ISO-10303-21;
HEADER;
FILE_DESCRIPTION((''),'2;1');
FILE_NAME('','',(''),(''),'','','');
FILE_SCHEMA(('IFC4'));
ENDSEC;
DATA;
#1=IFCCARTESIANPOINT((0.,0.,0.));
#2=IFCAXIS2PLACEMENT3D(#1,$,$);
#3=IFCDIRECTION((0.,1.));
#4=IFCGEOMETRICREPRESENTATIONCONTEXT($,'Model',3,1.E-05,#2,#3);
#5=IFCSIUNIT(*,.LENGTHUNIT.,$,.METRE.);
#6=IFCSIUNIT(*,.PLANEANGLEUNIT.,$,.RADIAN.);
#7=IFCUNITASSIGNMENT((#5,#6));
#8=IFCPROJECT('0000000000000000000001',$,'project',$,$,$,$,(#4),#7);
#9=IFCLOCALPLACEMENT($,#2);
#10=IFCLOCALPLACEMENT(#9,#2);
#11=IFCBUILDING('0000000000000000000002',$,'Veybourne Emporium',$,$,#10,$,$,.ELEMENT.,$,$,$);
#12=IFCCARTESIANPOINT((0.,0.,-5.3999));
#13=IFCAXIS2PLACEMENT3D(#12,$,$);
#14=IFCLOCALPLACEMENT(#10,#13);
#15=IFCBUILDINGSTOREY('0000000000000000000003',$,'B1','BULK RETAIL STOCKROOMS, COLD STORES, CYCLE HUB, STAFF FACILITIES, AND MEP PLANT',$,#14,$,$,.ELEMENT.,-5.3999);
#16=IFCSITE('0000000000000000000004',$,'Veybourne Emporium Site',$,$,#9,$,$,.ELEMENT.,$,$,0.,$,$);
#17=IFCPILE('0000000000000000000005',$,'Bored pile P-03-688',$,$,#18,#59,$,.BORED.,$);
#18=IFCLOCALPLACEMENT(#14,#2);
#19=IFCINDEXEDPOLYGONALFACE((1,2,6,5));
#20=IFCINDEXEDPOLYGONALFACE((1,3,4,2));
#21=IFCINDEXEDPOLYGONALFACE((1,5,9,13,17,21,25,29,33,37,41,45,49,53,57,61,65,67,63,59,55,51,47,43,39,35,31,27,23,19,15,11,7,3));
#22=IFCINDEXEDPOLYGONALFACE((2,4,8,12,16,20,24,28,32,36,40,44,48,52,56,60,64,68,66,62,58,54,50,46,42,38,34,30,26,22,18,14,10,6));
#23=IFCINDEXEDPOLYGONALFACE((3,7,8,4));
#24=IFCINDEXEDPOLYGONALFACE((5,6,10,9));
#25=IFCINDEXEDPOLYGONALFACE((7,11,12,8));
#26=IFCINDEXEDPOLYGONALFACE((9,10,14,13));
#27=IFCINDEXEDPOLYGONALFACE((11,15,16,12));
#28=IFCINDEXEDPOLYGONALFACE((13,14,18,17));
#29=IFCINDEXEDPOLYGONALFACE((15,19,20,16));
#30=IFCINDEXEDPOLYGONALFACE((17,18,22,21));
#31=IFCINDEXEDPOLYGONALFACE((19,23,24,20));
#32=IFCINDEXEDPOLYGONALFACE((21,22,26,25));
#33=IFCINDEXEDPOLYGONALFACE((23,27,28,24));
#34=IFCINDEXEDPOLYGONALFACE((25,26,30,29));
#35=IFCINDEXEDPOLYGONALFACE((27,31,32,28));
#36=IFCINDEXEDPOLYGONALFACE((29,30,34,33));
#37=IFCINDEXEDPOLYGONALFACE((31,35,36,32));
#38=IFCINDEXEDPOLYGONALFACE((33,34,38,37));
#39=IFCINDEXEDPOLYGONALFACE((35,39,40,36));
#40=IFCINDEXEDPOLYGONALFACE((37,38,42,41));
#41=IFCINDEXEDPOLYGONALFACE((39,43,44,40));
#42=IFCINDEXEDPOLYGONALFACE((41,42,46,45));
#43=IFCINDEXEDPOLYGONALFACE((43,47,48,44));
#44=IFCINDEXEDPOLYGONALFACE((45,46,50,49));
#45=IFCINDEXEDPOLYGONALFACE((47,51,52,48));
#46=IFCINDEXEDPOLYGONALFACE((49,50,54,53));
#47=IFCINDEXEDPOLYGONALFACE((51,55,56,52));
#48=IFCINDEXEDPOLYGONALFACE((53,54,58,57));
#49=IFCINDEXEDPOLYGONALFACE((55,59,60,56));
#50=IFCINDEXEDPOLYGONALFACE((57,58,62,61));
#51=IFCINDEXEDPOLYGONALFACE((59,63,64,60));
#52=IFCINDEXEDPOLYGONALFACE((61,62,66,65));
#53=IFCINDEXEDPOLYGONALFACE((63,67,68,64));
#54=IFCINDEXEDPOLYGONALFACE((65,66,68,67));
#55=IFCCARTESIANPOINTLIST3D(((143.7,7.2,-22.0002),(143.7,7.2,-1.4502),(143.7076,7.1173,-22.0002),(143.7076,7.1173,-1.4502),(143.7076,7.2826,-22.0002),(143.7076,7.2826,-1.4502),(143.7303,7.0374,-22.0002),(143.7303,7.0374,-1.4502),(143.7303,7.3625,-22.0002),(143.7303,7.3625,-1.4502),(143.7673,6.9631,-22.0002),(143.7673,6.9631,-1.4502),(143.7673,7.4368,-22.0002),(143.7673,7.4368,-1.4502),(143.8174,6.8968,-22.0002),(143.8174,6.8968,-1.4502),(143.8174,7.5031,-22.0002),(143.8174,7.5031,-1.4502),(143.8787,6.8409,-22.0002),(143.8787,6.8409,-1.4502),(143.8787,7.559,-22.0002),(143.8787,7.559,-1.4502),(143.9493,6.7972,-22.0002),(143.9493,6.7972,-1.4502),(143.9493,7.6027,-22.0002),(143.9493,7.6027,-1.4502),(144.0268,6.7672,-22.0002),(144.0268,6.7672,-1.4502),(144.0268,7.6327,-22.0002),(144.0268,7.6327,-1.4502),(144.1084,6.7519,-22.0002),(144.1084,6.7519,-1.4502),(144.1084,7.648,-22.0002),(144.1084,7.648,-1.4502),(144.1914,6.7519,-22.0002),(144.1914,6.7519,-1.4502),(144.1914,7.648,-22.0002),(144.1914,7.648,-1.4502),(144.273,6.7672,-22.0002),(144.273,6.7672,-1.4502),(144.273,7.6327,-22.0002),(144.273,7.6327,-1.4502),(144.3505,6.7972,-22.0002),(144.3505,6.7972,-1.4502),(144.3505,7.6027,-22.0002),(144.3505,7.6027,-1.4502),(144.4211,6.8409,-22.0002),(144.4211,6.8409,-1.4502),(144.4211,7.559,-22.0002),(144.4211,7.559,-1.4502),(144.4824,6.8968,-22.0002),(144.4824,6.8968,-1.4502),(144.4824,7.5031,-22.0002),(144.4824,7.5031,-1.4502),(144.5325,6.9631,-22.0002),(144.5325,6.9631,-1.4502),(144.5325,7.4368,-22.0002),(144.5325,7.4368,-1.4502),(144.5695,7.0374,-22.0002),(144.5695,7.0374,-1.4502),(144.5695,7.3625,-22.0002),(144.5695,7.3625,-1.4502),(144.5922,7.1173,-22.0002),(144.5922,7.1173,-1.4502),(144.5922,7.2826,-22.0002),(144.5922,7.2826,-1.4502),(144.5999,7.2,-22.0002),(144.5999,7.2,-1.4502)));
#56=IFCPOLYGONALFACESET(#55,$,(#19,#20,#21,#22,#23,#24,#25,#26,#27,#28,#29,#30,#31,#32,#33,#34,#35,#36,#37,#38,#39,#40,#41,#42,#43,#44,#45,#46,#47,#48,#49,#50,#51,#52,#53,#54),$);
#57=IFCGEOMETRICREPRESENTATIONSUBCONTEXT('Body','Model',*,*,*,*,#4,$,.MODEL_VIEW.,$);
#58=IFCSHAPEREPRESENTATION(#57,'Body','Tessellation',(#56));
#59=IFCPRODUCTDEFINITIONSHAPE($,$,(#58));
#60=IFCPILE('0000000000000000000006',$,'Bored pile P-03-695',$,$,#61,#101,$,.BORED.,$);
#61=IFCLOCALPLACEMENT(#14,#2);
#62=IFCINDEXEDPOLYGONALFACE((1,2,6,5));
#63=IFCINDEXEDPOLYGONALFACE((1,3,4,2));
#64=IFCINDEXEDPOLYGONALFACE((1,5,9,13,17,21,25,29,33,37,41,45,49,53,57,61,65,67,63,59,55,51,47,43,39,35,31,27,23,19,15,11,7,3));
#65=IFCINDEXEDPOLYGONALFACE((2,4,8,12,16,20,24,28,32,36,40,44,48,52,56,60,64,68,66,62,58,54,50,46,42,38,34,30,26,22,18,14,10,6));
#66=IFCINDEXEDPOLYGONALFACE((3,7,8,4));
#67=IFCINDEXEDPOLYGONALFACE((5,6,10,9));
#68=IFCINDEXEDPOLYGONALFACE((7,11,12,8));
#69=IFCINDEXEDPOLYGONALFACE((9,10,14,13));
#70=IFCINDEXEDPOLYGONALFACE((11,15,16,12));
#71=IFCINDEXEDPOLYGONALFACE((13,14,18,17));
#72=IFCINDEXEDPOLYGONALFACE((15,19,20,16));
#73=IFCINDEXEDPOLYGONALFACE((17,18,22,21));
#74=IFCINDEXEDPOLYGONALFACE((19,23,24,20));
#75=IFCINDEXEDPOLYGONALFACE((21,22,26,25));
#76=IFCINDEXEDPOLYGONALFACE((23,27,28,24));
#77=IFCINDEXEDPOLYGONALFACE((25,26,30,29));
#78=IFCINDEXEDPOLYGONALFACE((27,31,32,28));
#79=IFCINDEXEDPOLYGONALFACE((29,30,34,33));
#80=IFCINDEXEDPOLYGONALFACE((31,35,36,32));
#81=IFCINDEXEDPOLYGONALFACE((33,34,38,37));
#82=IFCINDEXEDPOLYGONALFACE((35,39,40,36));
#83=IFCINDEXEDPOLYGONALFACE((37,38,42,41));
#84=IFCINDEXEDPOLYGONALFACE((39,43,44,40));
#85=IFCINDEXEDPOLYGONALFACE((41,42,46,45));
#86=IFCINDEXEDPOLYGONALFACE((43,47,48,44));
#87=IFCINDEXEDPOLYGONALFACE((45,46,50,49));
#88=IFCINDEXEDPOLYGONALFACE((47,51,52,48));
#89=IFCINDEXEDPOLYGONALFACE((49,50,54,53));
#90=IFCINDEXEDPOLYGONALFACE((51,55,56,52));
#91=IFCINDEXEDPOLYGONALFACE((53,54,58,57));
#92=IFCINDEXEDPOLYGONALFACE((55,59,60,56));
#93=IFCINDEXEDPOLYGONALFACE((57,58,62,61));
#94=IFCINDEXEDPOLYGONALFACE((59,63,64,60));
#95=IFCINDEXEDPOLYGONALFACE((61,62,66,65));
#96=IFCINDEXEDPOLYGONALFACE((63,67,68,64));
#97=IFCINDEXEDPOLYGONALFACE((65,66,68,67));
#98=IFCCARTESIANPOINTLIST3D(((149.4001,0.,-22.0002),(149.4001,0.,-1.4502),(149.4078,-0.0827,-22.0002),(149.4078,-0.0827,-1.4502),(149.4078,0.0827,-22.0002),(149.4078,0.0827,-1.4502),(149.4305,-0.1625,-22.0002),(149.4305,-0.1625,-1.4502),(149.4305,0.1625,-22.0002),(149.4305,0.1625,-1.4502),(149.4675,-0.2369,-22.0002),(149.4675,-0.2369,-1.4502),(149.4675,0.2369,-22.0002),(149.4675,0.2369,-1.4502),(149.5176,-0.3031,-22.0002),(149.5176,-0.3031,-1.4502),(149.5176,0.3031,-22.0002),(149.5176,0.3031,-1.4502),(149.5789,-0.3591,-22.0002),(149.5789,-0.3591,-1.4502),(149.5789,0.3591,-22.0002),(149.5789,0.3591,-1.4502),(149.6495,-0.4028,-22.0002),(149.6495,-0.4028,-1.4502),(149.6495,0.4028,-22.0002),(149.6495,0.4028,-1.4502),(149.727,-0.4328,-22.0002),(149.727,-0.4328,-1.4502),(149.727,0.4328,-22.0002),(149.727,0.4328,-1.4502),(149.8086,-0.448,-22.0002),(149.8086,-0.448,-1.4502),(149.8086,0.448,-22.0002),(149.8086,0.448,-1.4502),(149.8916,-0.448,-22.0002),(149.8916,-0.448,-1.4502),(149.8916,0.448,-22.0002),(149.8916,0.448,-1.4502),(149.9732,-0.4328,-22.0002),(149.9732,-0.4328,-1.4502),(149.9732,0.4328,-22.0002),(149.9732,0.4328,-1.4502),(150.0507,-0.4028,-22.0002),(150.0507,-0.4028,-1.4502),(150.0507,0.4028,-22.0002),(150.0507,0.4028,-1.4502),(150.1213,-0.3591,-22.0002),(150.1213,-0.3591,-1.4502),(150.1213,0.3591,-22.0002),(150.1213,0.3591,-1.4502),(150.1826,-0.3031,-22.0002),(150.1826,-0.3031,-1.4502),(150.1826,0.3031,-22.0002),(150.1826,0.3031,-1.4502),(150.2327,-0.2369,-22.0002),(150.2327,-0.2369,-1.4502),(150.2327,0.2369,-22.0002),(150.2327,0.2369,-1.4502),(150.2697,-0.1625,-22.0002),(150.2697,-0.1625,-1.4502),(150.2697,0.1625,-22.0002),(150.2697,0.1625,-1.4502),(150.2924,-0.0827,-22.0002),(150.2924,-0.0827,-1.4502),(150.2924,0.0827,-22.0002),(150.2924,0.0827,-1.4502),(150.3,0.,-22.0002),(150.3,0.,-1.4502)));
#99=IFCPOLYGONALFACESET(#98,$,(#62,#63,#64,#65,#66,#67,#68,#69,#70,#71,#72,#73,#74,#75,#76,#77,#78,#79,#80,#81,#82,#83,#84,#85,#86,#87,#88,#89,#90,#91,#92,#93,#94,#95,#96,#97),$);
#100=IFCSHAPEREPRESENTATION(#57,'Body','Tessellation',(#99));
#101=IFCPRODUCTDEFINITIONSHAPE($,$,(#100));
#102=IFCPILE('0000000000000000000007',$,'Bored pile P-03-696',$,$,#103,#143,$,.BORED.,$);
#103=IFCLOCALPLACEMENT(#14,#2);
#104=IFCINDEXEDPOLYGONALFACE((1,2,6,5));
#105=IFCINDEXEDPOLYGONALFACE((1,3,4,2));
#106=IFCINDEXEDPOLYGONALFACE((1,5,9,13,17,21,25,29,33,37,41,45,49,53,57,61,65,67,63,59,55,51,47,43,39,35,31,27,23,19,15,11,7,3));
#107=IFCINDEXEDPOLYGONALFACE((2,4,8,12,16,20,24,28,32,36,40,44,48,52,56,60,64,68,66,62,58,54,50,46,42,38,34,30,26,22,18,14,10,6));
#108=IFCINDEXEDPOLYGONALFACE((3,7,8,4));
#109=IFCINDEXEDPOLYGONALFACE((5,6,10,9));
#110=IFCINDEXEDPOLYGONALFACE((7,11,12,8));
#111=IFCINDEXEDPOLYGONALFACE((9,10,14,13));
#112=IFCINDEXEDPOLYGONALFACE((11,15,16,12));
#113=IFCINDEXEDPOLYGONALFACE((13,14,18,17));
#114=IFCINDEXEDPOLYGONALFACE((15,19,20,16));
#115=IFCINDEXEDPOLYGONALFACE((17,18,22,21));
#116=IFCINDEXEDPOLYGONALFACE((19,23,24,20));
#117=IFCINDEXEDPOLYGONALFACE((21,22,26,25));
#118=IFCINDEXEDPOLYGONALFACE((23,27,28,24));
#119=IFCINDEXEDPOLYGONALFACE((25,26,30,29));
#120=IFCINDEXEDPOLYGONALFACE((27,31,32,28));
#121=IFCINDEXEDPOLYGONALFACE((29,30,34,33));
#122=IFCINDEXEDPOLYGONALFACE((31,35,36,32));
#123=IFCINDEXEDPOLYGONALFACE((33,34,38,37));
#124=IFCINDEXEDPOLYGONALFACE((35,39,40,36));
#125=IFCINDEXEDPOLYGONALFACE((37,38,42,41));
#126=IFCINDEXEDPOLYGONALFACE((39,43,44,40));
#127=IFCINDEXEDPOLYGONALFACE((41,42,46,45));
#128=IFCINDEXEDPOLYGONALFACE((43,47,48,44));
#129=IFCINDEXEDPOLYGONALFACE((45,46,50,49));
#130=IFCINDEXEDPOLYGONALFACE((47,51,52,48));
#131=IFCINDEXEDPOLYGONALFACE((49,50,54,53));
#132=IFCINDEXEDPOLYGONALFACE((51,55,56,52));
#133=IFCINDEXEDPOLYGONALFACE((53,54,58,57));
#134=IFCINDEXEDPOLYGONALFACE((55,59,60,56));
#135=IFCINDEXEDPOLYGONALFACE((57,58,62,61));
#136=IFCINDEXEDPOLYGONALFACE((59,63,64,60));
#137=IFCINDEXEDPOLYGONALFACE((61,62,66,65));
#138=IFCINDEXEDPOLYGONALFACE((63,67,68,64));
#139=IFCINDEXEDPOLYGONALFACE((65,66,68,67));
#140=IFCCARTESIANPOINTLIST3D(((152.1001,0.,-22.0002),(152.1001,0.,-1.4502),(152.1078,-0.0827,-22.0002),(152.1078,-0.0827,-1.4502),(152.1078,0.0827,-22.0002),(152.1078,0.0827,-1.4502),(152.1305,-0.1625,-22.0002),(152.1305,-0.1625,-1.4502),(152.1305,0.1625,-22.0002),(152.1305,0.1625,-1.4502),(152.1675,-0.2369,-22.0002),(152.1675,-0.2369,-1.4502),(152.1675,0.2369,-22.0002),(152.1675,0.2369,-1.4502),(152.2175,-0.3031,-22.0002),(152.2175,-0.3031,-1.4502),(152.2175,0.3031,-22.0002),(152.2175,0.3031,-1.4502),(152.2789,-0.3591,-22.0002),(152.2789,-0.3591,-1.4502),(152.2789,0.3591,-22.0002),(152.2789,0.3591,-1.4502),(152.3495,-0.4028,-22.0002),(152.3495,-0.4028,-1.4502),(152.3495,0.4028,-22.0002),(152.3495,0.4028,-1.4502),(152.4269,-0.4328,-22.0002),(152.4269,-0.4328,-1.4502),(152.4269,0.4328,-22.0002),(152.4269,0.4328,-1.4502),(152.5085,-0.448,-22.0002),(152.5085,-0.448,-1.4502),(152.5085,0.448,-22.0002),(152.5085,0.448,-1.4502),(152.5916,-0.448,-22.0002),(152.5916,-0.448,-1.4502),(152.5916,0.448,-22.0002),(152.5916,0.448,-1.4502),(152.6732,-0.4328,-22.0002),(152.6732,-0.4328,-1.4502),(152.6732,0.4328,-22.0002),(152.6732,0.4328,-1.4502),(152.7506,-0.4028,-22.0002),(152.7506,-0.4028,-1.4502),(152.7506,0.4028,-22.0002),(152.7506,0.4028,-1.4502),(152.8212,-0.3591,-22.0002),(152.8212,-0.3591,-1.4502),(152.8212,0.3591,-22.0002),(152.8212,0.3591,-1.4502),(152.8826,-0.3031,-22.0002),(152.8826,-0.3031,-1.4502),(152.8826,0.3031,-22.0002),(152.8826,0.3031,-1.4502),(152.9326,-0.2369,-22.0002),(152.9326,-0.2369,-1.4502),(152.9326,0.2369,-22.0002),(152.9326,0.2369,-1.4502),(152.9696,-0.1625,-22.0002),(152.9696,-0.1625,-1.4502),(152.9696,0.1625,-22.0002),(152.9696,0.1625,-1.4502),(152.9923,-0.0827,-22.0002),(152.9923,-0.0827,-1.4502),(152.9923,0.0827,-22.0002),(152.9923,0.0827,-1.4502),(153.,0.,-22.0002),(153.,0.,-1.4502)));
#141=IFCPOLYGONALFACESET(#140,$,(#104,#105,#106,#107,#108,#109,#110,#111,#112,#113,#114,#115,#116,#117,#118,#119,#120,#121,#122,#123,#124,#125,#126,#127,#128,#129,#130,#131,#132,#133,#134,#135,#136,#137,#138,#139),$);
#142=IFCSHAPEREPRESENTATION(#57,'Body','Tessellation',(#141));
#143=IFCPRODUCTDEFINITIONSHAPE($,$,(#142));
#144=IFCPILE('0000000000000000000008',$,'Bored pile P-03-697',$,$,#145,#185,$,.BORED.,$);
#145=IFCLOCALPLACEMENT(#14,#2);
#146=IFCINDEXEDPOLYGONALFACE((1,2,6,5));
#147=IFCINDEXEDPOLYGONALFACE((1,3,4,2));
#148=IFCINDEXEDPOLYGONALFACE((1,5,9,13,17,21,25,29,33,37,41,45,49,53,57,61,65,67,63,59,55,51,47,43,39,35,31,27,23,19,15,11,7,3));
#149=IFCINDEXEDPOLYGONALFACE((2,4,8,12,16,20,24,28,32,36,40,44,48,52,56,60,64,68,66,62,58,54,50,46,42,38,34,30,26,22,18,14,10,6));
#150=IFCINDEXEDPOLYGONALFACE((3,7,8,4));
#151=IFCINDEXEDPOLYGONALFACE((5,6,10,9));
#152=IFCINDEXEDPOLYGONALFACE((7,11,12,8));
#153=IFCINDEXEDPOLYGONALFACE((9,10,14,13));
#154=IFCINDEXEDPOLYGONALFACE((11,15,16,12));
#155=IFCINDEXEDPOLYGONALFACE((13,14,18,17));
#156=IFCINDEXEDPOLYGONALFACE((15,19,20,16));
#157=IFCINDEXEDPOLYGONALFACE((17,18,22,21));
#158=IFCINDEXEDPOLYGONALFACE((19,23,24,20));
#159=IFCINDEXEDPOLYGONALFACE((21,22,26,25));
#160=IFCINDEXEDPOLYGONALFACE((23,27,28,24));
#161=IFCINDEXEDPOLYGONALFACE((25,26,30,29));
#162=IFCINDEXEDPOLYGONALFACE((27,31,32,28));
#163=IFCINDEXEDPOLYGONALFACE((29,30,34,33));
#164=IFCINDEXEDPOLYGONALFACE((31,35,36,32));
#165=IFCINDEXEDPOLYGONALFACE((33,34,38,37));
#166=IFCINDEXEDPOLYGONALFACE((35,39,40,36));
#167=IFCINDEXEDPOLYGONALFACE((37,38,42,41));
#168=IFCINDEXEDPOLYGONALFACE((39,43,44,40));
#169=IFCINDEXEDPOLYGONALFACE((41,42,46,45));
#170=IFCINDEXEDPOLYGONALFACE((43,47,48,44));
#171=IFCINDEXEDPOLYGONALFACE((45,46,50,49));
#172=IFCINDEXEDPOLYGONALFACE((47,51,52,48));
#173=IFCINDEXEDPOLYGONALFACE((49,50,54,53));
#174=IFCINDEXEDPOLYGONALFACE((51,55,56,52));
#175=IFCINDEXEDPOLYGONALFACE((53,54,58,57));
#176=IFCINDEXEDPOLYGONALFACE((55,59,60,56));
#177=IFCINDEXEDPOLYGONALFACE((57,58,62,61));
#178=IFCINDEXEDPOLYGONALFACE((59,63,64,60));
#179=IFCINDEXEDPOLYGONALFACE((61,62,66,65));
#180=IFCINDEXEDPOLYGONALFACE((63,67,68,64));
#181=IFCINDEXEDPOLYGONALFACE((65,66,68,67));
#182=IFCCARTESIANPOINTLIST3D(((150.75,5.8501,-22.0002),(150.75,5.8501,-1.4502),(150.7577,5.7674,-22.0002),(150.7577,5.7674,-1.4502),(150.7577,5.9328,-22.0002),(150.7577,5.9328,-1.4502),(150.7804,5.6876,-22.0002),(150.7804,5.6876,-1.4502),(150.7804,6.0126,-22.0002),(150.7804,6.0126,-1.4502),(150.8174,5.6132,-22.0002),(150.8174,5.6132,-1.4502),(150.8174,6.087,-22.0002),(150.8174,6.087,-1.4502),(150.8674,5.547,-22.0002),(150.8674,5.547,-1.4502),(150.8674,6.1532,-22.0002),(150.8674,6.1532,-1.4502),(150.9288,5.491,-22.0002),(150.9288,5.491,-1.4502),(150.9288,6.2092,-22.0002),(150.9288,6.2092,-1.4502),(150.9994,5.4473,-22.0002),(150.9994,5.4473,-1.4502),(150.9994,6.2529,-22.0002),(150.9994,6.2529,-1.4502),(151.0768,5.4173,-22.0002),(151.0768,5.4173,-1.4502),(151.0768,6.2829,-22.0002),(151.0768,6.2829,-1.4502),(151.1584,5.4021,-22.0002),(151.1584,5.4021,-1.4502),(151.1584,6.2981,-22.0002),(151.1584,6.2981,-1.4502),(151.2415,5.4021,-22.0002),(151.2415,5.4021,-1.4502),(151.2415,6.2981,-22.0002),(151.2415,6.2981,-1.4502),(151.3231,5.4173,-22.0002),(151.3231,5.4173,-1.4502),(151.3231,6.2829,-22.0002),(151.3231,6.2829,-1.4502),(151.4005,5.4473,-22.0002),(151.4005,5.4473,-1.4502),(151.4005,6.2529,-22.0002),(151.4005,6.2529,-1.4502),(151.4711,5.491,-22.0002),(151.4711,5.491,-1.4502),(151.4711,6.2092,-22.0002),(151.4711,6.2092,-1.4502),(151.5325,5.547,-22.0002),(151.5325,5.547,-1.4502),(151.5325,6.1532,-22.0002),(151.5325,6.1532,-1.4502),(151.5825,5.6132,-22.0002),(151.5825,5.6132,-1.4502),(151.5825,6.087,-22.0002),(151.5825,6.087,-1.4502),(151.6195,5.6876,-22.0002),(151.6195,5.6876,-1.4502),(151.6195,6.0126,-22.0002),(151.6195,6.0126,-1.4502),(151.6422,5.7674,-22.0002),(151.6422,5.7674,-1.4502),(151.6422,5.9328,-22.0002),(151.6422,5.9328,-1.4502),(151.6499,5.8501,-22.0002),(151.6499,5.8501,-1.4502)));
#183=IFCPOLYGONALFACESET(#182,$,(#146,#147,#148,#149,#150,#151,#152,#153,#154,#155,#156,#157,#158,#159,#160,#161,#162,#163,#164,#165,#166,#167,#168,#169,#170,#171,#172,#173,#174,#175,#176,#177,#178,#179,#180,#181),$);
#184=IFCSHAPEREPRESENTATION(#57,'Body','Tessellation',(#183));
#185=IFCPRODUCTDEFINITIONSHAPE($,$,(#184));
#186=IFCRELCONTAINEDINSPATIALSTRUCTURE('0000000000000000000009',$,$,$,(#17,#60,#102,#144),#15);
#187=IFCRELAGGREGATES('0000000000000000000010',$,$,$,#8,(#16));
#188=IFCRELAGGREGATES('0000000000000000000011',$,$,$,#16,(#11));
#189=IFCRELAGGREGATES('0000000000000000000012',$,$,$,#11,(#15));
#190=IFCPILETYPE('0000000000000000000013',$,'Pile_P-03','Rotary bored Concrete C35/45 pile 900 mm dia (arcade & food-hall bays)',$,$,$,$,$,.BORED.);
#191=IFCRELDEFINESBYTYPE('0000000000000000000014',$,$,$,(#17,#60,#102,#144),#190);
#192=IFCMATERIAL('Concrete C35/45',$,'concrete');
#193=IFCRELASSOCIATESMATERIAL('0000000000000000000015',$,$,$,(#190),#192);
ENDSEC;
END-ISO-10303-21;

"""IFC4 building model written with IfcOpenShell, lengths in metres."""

from ifc_helpers import new_model, si_unit, direction, frame, origin, origin_2d, place, context, subcontext, project, spatial, circle, extrude, material, material_profile, profile_set, type_object, element, save


model = new_model("IFC4")

# Units and contexts
model_context = context("Model", 3, precision=1e-05, world=origin(), true_north=direction((0.0, 1.0)))
body_context = subcontext(model_context, "Body", "Model", "MODEL_VIEW")
ifc_project = project(units=[si_unit("LENGTHUNIT", "METRE"), si_unit("PLANEANGLEUNIT", "RADIAN")], contexts=[model_context])

# Site, building, storey
site_placement = place(None, origin())
site = spatial("IfcSite", under=ifc_project, at=site_placement, Name="Veybourne Emporium Site", CompositionType="ELEMENT", RefElevation=0.0)
building_placement = place(site_placement, origin())
building = spatial("IfcBuilding", under=site, at=building_placement, Name="Veybourne Emporium", CompositionType="ELEMENT")
storey_placement = place(building_placement, frame((0.0, 0.0, -5.3999)))
storey = spatial("IfcBuildingStorey", under=building, at=storey_placement, Name="B1", Description="BULK RETAIL STOCKROOMS, COLD STORES, CYCLE HUB, STAFF FACILITIES, AND MEP PLANT", CompositionType="ELEMENT", Elevation=-5.3999)

# Shared definitions
ifc_material_1 = material(Name="Concrete C35/45", Category="concrete")

# Piles
ifc_material_profile_1 = material_profile(ifc_material_1, circle(Radius=0.45, at=origin_2d()), Name="BORED PILE 900")
ifc_profile_set_1 = profile_set([ifc_material_profile_1], Name="Concrete C35/45")
pile_type = type_object("IfcPileType", Name="Pile_P-03", Description="Rotary bored Concrete C35/45 pile 900 mm dia (arcade & food-hall bays)", PredefinedType="BORED", material=ifc_profile_set_1)
for number, where, z_axis, x_axis, name in (
    (1, (144.1499, 7.2, -1.4502), (0.0, 0.0, -1.0), (1.0, 0.0, 0.0), "Bored pile P-03-688"),
    (2, (149.8501, 0.0, -1.4502), (0.0, 0.0, -1.0), (1.0, 0.0, 0.0), "Bored pile P-03-695"),
    (3, (152.55, 0.0, -1.4502), (0.0, 0.0, -1.0), (1.0, 0.0, 0.0), "Bored pile P-03-696"),
    (4, (151.2, 5.8501, -1.4502), (0.0, 0.0, -1.0), (1.0, 0.0, 0.0), "Bored pile P-03-697"),
):
    element("IfcPile", number, at=place(storey_placement, frame(where, z_axis=z_axis, x_axis=x_axis)), inside=storey, type_object=pile_type, Name=name, PredefinedType="BORED", context=body_context, shape_type="SweptSolid", body=[
        extrude(circle(Radius=0.45, at=origin_2d()), origin(), (0.0, 0.0, 1.0), 20.55),
    ])

save(model, "model.ifc")
